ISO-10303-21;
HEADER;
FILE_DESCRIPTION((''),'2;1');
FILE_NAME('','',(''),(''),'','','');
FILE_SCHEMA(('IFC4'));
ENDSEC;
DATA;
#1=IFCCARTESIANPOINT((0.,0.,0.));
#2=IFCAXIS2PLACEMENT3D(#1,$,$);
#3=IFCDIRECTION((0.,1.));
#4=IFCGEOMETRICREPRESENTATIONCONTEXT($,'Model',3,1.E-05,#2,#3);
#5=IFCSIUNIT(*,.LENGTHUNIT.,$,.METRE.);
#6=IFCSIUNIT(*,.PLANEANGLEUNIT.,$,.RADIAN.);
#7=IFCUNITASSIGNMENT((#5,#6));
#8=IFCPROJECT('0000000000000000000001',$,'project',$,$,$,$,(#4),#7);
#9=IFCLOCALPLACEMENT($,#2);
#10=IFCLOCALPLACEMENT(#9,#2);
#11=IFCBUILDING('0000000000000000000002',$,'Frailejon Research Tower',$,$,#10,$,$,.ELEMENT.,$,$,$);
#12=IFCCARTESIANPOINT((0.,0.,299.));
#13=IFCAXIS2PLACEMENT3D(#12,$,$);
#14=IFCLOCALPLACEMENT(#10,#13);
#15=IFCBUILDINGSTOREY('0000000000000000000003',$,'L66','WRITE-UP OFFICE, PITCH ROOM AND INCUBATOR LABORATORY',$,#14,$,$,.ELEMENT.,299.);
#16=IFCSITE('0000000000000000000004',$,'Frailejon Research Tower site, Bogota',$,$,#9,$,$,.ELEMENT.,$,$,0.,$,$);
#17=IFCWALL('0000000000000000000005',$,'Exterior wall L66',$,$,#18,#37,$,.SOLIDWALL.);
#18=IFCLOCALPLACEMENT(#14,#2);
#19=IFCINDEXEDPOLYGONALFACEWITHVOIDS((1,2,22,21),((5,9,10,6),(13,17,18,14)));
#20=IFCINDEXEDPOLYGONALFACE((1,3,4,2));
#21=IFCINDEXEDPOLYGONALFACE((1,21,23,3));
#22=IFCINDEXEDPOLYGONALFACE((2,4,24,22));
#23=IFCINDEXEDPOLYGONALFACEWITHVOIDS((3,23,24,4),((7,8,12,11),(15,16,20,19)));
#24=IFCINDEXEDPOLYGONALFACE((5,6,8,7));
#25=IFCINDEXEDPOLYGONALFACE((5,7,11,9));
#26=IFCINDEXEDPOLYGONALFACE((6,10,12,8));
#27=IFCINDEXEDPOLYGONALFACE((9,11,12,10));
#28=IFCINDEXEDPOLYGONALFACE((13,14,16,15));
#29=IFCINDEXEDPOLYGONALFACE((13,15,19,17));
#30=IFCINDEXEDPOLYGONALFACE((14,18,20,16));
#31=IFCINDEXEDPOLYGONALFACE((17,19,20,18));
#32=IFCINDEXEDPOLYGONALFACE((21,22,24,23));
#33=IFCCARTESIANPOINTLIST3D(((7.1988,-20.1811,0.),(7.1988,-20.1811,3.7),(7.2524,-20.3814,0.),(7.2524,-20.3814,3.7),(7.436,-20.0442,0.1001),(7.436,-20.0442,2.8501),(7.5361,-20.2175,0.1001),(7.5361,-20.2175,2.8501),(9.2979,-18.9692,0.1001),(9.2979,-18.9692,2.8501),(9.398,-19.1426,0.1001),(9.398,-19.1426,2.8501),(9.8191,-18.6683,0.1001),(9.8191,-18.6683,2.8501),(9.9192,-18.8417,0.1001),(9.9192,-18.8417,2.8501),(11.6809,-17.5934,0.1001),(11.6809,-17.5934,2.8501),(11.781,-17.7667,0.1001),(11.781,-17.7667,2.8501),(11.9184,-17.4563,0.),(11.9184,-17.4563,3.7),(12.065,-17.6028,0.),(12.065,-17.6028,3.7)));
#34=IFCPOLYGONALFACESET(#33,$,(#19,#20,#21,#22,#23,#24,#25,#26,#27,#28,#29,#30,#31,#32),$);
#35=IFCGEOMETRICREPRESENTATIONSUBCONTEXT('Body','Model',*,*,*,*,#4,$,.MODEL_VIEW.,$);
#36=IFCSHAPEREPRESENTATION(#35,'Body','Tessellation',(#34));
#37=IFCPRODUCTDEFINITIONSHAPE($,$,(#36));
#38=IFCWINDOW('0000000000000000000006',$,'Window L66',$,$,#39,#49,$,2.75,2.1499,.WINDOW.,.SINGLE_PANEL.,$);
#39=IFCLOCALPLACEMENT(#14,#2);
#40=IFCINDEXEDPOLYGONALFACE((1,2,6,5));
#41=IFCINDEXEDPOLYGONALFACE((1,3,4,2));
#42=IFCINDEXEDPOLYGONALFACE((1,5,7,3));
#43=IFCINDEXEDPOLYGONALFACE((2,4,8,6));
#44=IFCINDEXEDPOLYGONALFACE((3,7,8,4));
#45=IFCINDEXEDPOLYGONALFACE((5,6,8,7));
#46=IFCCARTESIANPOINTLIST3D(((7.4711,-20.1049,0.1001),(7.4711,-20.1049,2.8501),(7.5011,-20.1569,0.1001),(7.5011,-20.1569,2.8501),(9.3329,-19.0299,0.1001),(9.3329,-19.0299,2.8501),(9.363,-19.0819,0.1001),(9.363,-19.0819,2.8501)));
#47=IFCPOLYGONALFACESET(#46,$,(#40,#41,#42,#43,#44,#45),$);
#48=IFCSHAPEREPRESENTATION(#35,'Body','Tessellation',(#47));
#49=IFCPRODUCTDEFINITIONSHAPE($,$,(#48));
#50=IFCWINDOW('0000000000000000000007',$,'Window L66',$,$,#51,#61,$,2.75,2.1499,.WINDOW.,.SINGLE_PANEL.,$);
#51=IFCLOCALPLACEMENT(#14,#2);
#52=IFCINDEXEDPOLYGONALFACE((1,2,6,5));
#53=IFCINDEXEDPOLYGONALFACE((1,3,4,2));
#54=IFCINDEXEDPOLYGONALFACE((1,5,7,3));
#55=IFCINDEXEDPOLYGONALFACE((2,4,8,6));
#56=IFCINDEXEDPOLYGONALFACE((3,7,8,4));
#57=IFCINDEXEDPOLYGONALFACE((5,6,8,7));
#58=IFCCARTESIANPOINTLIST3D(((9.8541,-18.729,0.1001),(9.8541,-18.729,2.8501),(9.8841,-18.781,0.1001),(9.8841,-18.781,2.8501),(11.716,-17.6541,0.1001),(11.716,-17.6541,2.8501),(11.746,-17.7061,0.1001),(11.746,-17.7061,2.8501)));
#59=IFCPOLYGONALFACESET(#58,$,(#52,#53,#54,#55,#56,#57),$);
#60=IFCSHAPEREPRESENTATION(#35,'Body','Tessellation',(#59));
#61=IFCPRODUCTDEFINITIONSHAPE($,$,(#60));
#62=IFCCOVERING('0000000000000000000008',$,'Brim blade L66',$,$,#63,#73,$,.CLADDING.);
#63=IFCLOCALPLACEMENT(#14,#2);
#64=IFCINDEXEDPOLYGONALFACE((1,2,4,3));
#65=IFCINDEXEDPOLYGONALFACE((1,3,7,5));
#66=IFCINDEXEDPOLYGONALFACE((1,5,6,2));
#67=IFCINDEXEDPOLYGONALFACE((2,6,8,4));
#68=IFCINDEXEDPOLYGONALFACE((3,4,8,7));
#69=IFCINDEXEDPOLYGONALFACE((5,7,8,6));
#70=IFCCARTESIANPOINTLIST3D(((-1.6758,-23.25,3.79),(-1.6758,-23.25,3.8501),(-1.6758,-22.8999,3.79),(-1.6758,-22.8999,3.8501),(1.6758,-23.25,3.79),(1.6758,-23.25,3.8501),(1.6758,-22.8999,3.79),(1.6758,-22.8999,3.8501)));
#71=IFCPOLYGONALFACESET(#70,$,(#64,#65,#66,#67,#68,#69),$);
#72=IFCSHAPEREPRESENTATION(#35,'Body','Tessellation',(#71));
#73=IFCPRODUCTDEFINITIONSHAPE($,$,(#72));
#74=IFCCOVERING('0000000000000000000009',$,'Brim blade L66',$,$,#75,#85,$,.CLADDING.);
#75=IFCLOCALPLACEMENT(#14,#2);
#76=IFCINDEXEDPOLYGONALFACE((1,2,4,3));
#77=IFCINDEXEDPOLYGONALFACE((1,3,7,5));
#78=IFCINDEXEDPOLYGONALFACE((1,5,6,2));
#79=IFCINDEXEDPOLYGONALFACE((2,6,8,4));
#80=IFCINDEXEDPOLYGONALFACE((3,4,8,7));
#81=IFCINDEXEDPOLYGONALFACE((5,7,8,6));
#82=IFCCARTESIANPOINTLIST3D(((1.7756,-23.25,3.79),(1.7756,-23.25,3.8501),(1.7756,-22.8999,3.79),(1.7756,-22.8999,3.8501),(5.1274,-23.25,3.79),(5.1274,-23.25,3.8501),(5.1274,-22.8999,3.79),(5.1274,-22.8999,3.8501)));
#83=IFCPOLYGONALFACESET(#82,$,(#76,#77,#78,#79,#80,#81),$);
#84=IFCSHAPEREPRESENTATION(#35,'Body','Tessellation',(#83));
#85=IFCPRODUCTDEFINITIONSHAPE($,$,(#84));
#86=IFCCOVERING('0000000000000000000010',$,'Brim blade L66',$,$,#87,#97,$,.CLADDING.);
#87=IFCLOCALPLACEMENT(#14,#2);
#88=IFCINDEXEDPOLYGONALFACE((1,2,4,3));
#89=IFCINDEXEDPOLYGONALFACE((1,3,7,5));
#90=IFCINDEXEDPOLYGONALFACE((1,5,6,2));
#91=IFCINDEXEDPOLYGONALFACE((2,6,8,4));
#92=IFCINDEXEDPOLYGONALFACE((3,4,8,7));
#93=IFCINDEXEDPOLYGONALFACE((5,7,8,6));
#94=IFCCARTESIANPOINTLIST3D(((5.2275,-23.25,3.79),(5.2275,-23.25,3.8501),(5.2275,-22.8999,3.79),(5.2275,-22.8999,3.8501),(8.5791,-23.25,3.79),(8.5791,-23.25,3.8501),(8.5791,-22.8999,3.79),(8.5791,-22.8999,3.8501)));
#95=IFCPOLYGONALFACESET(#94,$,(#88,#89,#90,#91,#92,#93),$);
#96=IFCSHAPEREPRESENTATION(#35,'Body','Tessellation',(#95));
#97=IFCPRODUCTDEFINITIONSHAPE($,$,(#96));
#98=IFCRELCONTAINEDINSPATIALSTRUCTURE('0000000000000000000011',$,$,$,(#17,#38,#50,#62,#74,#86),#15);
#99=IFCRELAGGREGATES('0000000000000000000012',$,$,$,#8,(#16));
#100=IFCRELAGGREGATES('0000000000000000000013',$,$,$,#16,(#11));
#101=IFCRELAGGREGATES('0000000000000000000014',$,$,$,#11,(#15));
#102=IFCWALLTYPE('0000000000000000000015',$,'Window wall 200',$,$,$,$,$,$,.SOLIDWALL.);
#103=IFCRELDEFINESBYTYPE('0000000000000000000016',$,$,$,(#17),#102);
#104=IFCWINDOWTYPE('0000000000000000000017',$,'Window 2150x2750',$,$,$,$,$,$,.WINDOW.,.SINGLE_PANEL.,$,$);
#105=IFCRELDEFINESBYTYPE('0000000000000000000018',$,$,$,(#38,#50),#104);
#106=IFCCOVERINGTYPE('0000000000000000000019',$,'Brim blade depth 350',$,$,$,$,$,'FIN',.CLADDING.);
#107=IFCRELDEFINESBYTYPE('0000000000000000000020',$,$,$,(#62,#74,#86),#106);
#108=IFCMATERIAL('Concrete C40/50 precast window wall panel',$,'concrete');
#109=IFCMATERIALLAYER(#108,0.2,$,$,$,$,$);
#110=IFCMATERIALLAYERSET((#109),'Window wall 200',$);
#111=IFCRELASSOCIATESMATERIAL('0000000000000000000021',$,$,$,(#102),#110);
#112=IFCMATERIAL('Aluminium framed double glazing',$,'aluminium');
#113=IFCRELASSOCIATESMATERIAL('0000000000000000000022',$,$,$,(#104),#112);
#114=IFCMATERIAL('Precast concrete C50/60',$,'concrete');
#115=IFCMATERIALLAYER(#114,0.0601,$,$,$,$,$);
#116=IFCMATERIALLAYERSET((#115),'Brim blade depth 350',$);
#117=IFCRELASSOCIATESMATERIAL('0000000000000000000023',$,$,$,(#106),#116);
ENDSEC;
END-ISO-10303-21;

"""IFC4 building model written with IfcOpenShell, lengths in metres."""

from ifc_helpers import new_model, si_unit, direction, frame, frame_2d, origin, place, context, subcontext, project, spatial, polyline, rectangle, outline, extrude, material, layer, layer_set, type_object, element, fill, save


model = new_model("IFC4")

# Units and contexts
model_context = context("Model", 3, precision=1e-05, world=origin(), true_north=direction((0.0, 1.0)))
body_context = subcontext(model_context, "Body", "Model", "MODEL_VIEW")
ifc_project = project(units=[si_unit("LENGTHUNIT", "METRE"), si_unit("PLANEANGLEUNIT", "RADIAN")], contexts=[model_context])

# Site, building, storey
site_placement = place(None, origin())
site = spatial("IfcSite", under=ifc_project, at=site_placement, Name="Frailejon Research Tower site, Bogota", CompositionType="ELEMENT", RefElevation=0.0)
building_placement = place(site_placement, origin())
building = spatial("IfcBuilding", under=site, at=building_placement, Name="Frailejon Research Tower", CompositionType="ELEMENT")
storey_placement = place(building_placement, frame((0.0, 0.0, 299.0)))
storey = spatial("IfcBuildingStorey", under=building, at=storey_placement, Name="L66", Description="WRITE-UP OFFICE, PITCH ROOM AND INCUBATOR LABORATORY", CompositionType="ELEMENT", Elevation=299.0)

# Wall, openings, windows
ifc_material_1 = material(Name="Concrete C40/50 precast window wall panel", Category="concrete")
ifc_layer_1 = layer(ifc_material_1, 0.2)
ifc_layer_set_1 = layer_set([ifc_layer_1], Name="Window wall 200")
wall_type = type_object("IfcWallType", Name="Window wall 200", PredefinedType="SOLIDWALL", material=ifc_layer_set_1)
wall_placement = place(storey_placement, frame((7.2256, -20.2812, 0.0), z_axis=(0.0, 0.0, 1.0), x_axis=(0.866026, 0.499999, 0.0)))
wall = element("IfcWall", 1, at=wall_placement, inside=storey, type_object=wall_type, Name="Exterior wall L66", PredefinedType="SOLIDWALL", context=body_context, shape_type="SweptSolid", body=[
    extrude(outline(polyline([(-0.0269, -0.1001), (1.0845, -0.1001), (2.196, -0.1001), (3.3074, -0.1001), (4.4189, -0.1001), (5.5303, -0.1001), (5.4766, 0.1001), (4.3867, 0.1001), (3.2966, 0.1001), (2.2068, 0.1001), (1.1167, 0.1001), (0.0269, 0.1001), (-0.0269, -0.1001)])), origin(), (0.0, 0.0, 1.0), 3.7),
])
opening_1_placement = place(wall_placement, frame((0.3008, 0.0, 0.1001)))
opening_1 = element("IfcOpeningElement", 2, at=opening_1_placement, cuts=wall, PredefinedType="OPENING", context=body_context, shape_type="SweptSolid", body=[
    extrude(rectangle(XDim=2.1499, YDim=2.75, at=frame_2d((1.075, 1.375))), frame((0.0, 0.1099, 0.0), z_axis=(0.0, -1.0, 0.0), x_axis=(1.0, 0.0, 0.0)), (0.0, 0.0, 1.0), 0.22),
])
opening_2_placement = place(wall_placement, frame((3.0525, 0.0, 0.1001)))
opening_2 = element("IfcOpeningElement", 3, at=opening_2_placement, cuts=wall, PredefinedType="OPENING", context=body_context, shape_type="SweptSolid", body=[
    extrude(rectangle(XDim=2.1499, YDim=2.75, at=frame_2d((1.075, 1.375))), frame((0.0, 0.1099, 0.0), z_axis=(0.0, -1.0, 0.0), x_axis=(1.0, 0.0, 0.0)), (0.0, 0.0, 1.0), 0.22),
])
ifc_material_2 = material(Name="Aluminium framed double glazing", Category="aluminium")
window_type = type_object("IfcWindowType", Name="Window 2150x2750", PartitioningType="SINGLE_PANEL", PredefinedType="WINDOW", material=ifc_material_2)
window_1_placement = place(opening_1_placement, origin())
window_1 = element("IfcWindow", 4, at=window_1_placement, inside=storey, type_object=window_type, Name="Window L66", OverallHeight=2.75, OverallWidth=2.1499, PartitioningType="SINGLE_PANEL", PredefinedType="WINDOW", context=body_context, shape_type="SweptSolid", body=[
    extrude(rectangle(XDim=2.1499, YDim=2.75, at=frame_2d((1.075, 1.375))), frame((0.0, 0.03, 0.0), z_axis=(0.0, -1.0, 0.0), x_axis=(1.0, 0.0, 0.0)), (0.0, 0.0, 1.0), 0.0601),
])
fill(opening_1, window_1)
window_2_placement = place(opening_2_placement, origin())
window_2 = element("IfcWindow", 5, at=window_2_placement, inside=storey, type_object=window_type, Name="Window L66", OverallHeight=2.75, OverallWidth=2.1499, PartitioningType="SINGLE_PANEL", PredefinedType="WINDOW", context=body_context, shape_type="SweptSolid", body=[
    extrude(rectangle(XDim=2.1499, YDim=2.75, at=frame_2d((1.075, 1.375))), frame((0.0, 0.03, 0.0), z_axis=(0.0, -1.0, 0.0), x_axis=(1.0, 0.0, 0.0)), (0.0, 0.0, 1.0), 0.0601),
])
fill(opening_2, window_2)

# Coverings
ifc_material_3 = material(Name="Precast concrete C50/60", Category="concrete")
ifc_layer_2 = layer(ifc_material_3, 0.0601)
ifc_layer_set_2 = layer_set([ifc_layer_2], Name="Brim blade depth 350")
covering_type = type_object("IfcCoveringType", Name="Brim blade depth 350", ElementType="FIN", PredefinedType="CLADDING", material=ifc_layer_set_2)
covering_1_placement = place(storey_placement, frame((1.6758, -22.8999, 3.8501), z_axis=(-1.0, 0.0, 0.0), x_axis=(0.0, -1.0, 0.0)))
element("IfcCovering", 6, at=covering_1_placement, inside=storey, type_object=covering_type, Name="Brim blade L66", PredefinedType="CLADDING", context=body_context, shape_type="SweptSolid", body=[
    extrude(outline(polyline([(0.0, -0.0601), (0.3501, -0.0601), (0.3501, 0.0), (0.0, 0.0), (0.0, -0.0601)])), origin(), (0.0, 0.0, 1.0), 3.3516),
])
covering_2_placement = place(storey_placement, frame((5.1274, -22.8999, 3.8501), z_axis=(-1.0, 0.0, 0.0), x_axis=(0.0, -1.0, 0.0)))
element("IfcCovering", 7, at=covering_2_placement, inside=storey, type_object=covering_type, Name="Brim blade L66", PredefinedType="CLADDING", context=body_context, shape_type="SweptSolid", body=[
    extrude(outline(polyline([(0.0, -0.0601), (0.3501, -0.0601), (0.3501, 0.0), (0.0, 0.0), (0.0, -0.0601)])), origin(), (0.0, 0.0, 1.0), 3.3518),
])
covering_3_placement = place(storey_placement, frame((8.5791, -22.8999, 3.8501), z_axis=(-1.0, 0.0, 0.0), x_axis=(0.0, -1.0, 0.0)))
element("IfcCovering", 8, at=covering_3_placement, inside=storey, type_object=covering_type, Name="Brim blade L66", PredefinedType="CLADDING", context=body_context, shape_type="SweptSolid", body=[
    extrude(outline(polyline([(0.0, -0.0601), (0.3501, -0.0601), (0.3501, 0.0), (0.0, 0.0), (0.0, -0.0601)])), origin(), (0.0, 0.0, 1.0), 3.3516),
])

save(model, "model.ifc")
